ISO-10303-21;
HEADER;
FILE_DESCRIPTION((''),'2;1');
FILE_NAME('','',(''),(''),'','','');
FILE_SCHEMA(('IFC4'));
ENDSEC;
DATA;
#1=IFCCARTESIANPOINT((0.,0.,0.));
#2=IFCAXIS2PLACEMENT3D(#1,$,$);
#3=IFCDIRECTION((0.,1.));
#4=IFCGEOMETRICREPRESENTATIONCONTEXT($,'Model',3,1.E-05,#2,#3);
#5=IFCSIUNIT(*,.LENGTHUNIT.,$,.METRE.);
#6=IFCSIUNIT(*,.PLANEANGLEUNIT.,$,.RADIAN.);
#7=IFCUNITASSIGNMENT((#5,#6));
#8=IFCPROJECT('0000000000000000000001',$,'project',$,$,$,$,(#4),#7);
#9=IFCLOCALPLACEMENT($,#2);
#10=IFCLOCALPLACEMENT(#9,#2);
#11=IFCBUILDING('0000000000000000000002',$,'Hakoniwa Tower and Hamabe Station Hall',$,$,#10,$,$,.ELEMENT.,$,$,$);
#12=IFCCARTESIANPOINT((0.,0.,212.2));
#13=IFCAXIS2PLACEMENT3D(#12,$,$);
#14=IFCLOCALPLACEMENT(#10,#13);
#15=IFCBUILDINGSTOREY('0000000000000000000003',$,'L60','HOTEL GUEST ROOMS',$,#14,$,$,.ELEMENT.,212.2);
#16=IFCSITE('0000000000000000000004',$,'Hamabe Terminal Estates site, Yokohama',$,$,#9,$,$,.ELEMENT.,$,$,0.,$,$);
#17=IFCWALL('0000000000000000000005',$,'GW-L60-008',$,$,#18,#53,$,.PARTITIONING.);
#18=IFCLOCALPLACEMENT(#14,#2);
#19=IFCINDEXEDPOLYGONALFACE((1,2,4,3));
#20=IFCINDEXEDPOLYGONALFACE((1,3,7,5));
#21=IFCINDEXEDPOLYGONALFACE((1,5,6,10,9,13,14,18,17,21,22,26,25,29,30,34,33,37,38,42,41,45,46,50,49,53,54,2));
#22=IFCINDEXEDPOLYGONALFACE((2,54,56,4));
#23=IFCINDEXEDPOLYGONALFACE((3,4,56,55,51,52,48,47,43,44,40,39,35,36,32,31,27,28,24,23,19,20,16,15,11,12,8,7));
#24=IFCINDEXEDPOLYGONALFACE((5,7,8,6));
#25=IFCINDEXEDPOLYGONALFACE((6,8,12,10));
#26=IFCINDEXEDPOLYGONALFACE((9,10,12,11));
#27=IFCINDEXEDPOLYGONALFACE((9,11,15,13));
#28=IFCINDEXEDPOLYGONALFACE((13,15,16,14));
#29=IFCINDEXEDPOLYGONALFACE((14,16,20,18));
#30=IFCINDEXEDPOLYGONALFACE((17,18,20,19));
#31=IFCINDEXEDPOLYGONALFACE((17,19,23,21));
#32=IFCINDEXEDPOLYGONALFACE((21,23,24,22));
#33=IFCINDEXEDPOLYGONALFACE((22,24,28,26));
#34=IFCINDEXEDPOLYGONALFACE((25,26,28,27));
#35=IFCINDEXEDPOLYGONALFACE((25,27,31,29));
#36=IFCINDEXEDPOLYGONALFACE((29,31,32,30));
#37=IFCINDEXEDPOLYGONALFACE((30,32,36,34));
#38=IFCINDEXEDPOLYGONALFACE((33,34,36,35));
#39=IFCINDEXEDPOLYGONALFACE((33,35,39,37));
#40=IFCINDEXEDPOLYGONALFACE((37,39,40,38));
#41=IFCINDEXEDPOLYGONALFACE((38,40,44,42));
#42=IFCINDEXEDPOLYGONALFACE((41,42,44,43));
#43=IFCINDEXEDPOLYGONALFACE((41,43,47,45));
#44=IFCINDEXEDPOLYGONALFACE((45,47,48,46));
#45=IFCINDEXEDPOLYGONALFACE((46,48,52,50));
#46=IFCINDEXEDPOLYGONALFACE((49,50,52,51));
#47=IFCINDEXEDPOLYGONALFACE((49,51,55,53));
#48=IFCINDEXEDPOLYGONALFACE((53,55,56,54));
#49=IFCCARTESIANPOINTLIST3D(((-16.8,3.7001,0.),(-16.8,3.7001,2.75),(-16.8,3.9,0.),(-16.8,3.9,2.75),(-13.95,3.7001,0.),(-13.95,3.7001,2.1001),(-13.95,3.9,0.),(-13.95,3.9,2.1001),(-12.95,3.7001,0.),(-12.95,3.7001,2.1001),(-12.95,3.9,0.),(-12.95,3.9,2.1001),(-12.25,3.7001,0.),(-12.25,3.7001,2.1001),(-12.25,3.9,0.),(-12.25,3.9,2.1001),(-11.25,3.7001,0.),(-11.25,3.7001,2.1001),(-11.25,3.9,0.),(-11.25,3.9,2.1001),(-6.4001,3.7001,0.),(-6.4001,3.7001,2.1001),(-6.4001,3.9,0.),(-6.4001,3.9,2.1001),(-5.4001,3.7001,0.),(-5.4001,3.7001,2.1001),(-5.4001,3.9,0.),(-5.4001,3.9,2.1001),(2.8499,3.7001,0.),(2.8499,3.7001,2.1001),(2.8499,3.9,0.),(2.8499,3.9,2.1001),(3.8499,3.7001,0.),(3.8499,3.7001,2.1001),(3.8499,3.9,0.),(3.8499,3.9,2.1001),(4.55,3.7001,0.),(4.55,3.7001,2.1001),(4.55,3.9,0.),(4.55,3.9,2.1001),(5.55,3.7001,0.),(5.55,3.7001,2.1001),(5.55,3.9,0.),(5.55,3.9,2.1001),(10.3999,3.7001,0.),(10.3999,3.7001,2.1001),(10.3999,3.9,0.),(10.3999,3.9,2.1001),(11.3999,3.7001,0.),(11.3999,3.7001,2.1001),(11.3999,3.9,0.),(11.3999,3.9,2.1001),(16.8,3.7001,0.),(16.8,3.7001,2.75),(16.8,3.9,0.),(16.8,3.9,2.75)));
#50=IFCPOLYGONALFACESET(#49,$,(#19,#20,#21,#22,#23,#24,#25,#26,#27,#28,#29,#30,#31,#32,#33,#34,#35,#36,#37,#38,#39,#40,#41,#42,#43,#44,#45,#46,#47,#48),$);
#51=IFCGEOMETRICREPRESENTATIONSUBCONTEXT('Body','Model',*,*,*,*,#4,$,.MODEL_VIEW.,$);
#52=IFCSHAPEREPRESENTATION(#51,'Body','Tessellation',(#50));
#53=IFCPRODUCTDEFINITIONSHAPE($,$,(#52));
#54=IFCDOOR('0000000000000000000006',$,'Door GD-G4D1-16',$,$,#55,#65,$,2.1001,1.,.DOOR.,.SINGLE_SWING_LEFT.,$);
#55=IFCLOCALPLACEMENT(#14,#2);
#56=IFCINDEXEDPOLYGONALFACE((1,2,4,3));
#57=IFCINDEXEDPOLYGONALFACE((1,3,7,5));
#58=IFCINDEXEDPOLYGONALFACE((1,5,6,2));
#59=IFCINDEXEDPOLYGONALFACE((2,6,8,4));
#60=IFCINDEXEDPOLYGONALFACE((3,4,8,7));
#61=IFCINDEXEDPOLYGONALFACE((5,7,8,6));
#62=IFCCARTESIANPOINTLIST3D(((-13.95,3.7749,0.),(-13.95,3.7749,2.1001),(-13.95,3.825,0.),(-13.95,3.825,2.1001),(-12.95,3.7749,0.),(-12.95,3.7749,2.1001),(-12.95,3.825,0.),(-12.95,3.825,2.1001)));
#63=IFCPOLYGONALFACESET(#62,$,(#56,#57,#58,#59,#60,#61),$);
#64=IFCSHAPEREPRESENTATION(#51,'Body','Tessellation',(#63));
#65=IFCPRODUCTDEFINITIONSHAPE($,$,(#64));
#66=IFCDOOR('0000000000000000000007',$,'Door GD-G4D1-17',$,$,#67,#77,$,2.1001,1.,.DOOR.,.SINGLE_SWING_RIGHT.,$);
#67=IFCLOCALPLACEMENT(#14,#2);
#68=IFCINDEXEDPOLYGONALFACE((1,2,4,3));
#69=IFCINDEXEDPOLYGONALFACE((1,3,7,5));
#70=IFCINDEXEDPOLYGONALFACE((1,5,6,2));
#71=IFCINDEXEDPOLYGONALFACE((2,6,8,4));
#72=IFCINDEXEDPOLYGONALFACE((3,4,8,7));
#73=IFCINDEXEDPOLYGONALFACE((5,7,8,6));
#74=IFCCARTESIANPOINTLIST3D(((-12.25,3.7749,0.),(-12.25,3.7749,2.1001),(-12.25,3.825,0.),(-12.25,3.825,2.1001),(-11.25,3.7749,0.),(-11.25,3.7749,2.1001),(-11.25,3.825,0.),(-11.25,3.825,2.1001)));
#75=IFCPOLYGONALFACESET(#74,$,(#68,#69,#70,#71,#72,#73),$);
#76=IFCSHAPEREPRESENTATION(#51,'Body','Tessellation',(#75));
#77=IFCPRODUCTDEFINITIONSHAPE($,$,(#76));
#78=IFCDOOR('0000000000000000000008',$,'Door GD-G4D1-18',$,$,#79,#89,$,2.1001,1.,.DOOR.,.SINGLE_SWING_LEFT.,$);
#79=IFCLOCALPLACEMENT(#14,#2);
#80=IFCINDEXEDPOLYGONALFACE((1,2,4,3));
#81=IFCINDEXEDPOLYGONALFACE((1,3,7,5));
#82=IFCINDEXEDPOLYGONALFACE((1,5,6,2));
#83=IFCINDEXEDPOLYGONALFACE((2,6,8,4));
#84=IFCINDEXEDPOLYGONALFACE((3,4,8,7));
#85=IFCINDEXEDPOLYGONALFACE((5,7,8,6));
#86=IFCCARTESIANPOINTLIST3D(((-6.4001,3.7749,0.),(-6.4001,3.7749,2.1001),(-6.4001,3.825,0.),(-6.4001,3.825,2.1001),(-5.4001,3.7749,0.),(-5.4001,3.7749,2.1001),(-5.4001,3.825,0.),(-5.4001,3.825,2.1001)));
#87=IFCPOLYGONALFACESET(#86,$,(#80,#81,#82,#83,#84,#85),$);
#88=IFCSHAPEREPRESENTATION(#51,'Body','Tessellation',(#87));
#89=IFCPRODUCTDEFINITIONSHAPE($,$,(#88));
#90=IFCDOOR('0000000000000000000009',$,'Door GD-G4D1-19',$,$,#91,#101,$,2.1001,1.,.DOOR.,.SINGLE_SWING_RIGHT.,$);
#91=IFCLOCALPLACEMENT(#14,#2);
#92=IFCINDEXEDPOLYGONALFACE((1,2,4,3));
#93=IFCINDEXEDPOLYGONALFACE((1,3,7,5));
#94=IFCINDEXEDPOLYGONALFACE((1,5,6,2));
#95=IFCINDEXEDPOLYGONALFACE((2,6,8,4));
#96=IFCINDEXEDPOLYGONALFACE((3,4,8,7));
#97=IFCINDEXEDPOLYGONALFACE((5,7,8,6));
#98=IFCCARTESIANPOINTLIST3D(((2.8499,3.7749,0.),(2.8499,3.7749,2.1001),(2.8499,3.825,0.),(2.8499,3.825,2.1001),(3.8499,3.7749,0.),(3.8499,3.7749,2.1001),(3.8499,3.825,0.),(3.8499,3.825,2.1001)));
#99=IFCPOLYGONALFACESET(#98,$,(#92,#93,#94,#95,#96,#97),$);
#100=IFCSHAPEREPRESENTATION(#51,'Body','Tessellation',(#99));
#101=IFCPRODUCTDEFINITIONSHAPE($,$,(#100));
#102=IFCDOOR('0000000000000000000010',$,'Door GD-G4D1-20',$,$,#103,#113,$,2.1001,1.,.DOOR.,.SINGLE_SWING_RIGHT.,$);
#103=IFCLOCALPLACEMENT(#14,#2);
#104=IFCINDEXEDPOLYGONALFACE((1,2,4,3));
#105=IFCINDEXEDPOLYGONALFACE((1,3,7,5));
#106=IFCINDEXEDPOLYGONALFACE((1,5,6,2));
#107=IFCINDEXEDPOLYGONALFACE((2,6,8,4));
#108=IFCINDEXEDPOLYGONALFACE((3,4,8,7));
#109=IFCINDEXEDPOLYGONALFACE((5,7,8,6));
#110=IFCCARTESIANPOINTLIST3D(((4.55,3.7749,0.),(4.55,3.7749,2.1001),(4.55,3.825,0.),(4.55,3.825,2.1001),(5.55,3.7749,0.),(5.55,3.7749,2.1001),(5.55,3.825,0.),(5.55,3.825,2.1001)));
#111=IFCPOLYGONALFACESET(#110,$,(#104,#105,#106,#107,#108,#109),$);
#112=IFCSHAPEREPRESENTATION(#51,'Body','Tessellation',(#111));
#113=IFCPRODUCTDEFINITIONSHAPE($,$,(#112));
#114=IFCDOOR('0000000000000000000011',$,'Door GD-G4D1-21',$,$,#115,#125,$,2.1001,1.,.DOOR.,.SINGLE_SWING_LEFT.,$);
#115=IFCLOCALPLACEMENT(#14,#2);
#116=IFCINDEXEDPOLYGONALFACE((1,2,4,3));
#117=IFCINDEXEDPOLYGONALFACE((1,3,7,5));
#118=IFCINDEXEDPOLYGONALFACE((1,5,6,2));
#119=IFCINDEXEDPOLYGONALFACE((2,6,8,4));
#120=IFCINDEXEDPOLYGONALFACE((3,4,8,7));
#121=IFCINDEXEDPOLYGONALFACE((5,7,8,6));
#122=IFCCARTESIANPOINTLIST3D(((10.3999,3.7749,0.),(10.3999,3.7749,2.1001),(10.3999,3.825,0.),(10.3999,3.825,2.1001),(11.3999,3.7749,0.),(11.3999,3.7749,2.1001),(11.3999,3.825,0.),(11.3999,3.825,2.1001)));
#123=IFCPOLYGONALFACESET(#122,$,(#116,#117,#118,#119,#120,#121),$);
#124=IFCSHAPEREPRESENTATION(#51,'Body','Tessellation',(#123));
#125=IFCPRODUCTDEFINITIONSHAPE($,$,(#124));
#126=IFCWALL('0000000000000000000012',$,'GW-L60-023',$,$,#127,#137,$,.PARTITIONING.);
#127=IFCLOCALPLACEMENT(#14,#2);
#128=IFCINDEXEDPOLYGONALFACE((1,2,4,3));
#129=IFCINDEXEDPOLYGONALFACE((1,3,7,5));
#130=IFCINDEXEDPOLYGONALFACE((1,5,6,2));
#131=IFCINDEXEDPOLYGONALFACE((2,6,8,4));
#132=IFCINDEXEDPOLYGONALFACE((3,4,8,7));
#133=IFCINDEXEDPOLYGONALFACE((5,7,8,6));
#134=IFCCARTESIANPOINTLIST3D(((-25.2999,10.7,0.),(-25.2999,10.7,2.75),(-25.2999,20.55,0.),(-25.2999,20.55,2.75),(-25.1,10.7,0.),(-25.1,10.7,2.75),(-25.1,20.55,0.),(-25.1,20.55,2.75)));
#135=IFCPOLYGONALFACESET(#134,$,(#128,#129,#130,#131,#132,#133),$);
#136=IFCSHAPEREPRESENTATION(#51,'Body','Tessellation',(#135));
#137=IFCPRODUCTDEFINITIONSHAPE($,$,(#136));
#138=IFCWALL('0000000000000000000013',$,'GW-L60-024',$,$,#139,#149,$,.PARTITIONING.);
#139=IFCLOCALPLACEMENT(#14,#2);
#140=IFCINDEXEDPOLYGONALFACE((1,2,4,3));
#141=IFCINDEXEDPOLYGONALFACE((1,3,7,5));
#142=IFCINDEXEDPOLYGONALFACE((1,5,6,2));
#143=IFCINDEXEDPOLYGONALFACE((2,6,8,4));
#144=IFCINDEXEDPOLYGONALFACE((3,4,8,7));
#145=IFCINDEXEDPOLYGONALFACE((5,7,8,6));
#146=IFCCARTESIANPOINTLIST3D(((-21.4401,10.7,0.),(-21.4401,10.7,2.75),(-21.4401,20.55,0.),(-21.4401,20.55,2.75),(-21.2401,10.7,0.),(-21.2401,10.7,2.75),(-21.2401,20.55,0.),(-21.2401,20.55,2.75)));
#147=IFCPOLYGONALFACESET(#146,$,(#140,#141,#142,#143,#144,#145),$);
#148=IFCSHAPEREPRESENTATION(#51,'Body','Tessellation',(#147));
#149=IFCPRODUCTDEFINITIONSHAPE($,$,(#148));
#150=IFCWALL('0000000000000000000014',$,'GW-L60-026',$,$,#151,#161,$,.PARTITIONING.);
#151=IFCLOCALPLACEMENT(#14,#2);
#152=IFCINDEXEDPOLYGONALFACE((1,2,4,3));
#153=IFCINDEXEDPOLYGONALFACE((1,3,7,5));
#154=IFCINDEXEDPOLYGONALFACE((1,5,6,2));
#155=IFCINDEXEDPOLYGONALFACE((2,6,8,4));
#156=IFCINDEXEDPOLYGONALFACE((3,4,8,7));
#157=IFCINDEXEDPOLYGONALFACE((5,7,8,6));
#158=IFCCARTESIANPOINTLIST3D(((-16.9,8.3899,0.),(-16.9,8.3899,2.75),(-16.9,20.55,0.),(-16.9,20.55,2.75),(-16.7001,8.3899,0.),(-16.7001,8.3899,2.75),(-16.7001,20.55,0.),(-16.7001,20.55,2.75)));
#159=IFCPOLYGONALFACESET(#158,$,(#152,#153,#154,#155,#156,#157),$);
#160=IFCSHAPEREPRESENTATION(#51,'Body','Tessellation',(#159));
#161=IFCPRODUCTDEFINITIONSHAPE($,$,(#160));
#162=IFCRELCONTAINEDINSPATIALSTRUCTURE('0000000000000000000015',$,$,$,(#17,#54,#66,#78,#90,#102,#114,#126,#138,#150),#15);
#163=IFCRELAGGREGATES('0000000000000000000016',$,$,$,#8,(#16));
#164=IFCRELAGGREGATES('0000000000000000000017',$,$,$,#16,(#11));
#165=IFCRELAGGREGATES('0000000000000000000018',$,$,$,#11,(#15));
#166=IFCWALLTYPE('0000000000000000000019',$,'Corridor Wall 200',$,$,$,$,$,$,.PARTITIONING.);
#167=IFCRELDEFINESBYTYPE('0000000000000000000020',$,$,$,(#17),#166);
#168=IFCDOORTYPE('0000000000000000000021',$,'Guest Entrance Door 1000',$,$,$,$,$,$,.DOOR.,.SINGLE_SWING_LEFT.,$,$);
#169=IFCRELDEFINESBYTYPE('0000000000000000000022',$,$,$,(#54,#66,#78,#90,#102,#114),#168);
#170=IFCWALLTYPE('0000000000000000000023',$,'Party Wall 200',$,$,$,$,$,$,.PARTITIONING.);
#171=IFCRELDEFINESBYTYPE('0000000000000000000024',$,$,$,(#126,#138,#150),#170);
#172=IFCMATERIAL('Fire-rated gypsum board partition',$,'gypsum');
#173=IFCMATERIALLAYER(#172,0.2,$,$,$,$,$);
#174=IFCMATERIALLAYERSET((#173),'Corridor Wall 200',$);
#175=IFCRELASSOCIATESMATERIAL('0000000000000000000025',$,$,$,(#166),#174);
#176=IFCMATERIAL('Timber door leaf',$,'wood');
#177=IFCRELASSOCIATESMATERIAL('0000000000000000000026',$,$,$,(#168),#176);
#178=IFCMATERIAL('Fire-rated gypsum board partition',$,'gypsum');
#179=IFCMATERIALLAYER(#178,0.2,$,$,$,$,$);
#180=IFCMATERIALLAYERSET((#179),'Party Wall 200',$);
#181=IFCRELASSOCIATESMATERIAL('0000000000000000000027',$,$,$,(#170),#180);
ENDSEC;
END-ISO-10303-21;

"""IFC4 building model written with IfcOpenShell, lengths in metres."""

from ifc_helpers import new_model, si_unit, direction, frame, frame_2d, origin, place, context, subcontext, project, spatial, rectangle, extrude, material, layer, layer_set, type_object, element, fill, save


model = new_model("IFC4")

# Units and contexts
model_context = context("Model", 3, precision=1e-05, world=origin(), true_north=direction((0.0, 1.0)))
body_context = subcontext(model_context, "Body", "Model", "MODEL_VIEW")
ifc_project = project(units=[si_unit("LENGTHUNIT", "METRE"), si_unit("PLANEANGLEUNIT", "RADIAN")], contexts=[model_context])

# Site, building, storey
site_placement = place(None, origin())
site = spatial("IfcSite", under=ifc_project, at=site_placement, Name="Hamabe Terminal Estates site, Yokohama", CompositionType="ELEMENT", RefElevation=0.0)
building_placement = place(site_placement, origin())
building = spatial("IfcBuilding", under=site, at=building_placement, Name="Hakoniwa Tower and Hamabe Station Hall", CompositionType="ELEMENT")
storey_placement = place(building_placement, frame((0.0, 0.0, 212.2)))
storey = spatial("IfcBuildingStorey", under=building, at=storey_placement, Name="L60", Description="HOTEL GUEST ROOMS", CompositionType="ELEMENT", Elevation=212.2)

# Wall, openings, doors
ifc_material_1 = material(Name="Fire-rated gypsum board partition", Category="gypsum")
ifc_layer_1 = layer(ifc_material_1, 0.2)
ifc_layer_set_1 = layer_set([ifc_layer_1], Name="Corridor Wall 200")
wall_type_1 = type_object("IfcWallType", Name="Corridor Wall 200", PredefinedType="PARTITIONING", material=ifc_layer_set_1)
ifc_material_2 = material(Name="Timber door leaf", Category="wood")
door_type_1 = type_object("IfcDoorType", Name="Guest Entrance Door 1000", OperationType="SINGLE_SWING_LEFT", PredefinedType="DOOR", material=ifc_material_2)
wall_1_placement = place(storey_placement, frame((-16.8, 3.8, 0.0), z_axis=(0.0, 0.0, 1.0), x_axis=(1.0, 0.0, 0.0)))
wall_1 = element("IfcWall", 1, at=wall_1_placement, inside=storey, type_object=wall_type_1, Name="GW-L60-008", PredefinedType="PARTITIONING", context=body_context, shape_type="SweptSolid", body=[
    extrude(rectangle(XDim=33.6001, YDim=0.2, at=frame_2d((16.8, 0.0))), origin(), (0.0, 0.0, 1.0), 2.75),
])
opening_1_placement = place(wall_1_placement, frame((2.8501, 0.0, 0.0)))
opening_1 = element("IfcOpeningElement", 2, at=opening_1_placement, cuts=wall_1, PredefinedType="OPENING", context=body_context, shape_type="SweptSolid", body=[
    extrude(rectangle(XDim=1.0, YDim=2.1001, at=frame_2d((0.5, 1.05))), frame((0.0, 0.1099, 0.0), z_axis=(0.0, -1.0, 0.0), x_axis=(1.0, 0.0, 0.0)), (0.0, 0.0, 1.0), 0.22),
])
opening_2_placement = place(wall_1_placement, frame((4.55, 0.0, 0.0)))
opening_2 = element("IfcOpeningElement", 3, at=opening_2_placement, cuts=wall_1, PredefinedType="OPENING", context=body_context, shape_type="SweptSolid", body=[
    extrude(rectangle(XDim=1.0, YDim=2.1001, at=frame_2d((0.5, 1.05))), frame((0.0, 0.1099, 0.0), z_axis=(0.0, -1.0, 0.0), x_axis=(1.0, 0.0, 0.0)), (0.0, 0.0, 1.0), 0.22),
])
opening_3_placement = place(wall_1_placement, frame((10.3999, 0.0, 0.0)))
opening_3 = element("IfcOpeningElement", 4, at=opening_3_placement, cuts=wall_1, PredefinedType="OPENING", context=body_context, shape_type="SweptSolid", body=[
    extrude(rectangle(XDim=1.0, YDim=2.1001, at=frame_2d((0.5, 1.05))), frame((0.0, 0.1099, 0.0), z_axis=(0.0, -1.0, 0.0), x_axis=(1.0, 0.0, 0.0)), (0.0, 0.0, 1.0), 0.22),
])
opening_4_placement = place(wall_1_placement, frame((19.6499, 0.0, 0.0)))
opening_4 = element("IfcOpeningElement", 5, at=opening_4_placement, cuts=wall_1, PredefinedType="OPENING", context=body_context, shape_type="SweptSolid", body=[
    extrude(rectangle(XDim=1.0, YDim=2.1001, at=frame_2d((0.5, 1.05))), frame((0.0, 0.1099, 0.0), z_axis=(0.0, -1.0, 0.0), x_axis=(1.0, 0.0, 0.0)), (0.0, 0.0, 1.0), 0.22),
])
opening_5_placement = place(wall_1_placement, frame((21.3501, 0.0, 0.0)))
opening_5 = element("IfcOpeningElement", 6, at=opening_5_placement, cuts=wall_1, PredefinedType="OPENING", context=body_context, shape_type="SweptSolid", body=[
    extrude(rectangle(XDim=1.0, YDim=2.1001, at=frame_2d((0.5, 1.05))), frame((0.0, 0.1099, 0.0), z_axis=(0.0, -1.0, 0.0), x_axis=(1.0, 0.0, 0.0)), (0.0, 0.0, 1.0), 0.22),
])
opening_6_placement = place(wall_1_placement, frame((27.2, 0.0, 0.0)))
opening_6 = element("IfcOpeningElement", 7, at=opening_6_placement, cuts=wall_1, PredefinedType="OPENING", context=body_context, shape_type="SweptSolid", body=[
    extrude(rectangle(XDim=1.0, YDim=2.1001, at=frame_2d((0.5, 1.05))), frame((0.0, 0.1099, 0.0), z_axis=(0.0, -1.0, 0.0), x_axis=(1.0, 0.0, 0.0)), (0.0, 0.0, 1.0), 0.22),
])
door_1_placement = place(opening_1_placement, origin())
door_1 = element("IfcDoor", 8, at=door_1_placement, inside=storey, type_object=door_type_1, Name="Door GD-G4D1-16", OperationType="SINGLE_SWING_LEFT", OverallHeight=2.1001, OverallWidth=1.0, PredefinedType="DOOR", context=body_context, shape_type="SweptSolid", body=[
    extrude(rectangle(XDim=1.0, YDim=2.1001, at=frame_2d((0.5, 1.05))), frame((0.0, 0.0249, 0.0), z_axis=(0.0, -1.0, 0.0), x_axis=(1.0, 0.0, 0.0)), (0.0, 0.0, 1.0), 0.05),
])
fill(opening_1, door_1)
door_2_placement = place(opening_2_placement, origin())
door_2 = element("IfcDoor", 9, at=door_2_placement, inside=storey, type_object=door_type_1, Name="Door GD-G4D1-17", OperationType="SINGLE_SWING_RIGHT", OverallHeight=2.1001, OverallWidth=1.0, PredefinedType="DOOR", context=body_context, shape_type="SweptSolid", body=[
    extrude(rectangle(XDim=1.0, YDim=2.1001, at=frame_2d((0.5, 1.05))), frame((0.0, 0.0249, 0.0), z_axis=(0.0, -1.0, 0.0), x_axis=(1.0, 0.0, 0.0)), (0.0, 0.0, 1.0), 0.05),
])
fill(opening_2, door_2)
door_3_placement = place(opening_3_placement, origin())
door_3 = element("IfcDoor", 10, at=door_3_placement, inside=storey, type_object=door_type_1, Name="Door GD-G4D1-18", OperationType="SINGLE_SWING_LEFT", OverallHeight=2.1001, OverallWidth=1.0, PredefinedType="DOOR", context=body_context, shape_type="SweptSolid", body=[
    extrude(rectangle(XDim=1.0, YDim=2.1001, at=frame_2d((0.5, 1.05))), frame((0.0, 0.0249, 0.0), z_axis=(0.0, -1.0, 0.0), x_axis=(1.0, 0.0, 0.0)), (0.0, 0.0, 1.0), 0.05),
])
fill(opening_3, door_3)
door_4_placement = place(opening_4_placement, origin())
door_4 = element("IfcDoor", 11, at=door_4_placement, inside=storey, type_object=door_type_1, Name="Door GD-G4D1-19", OperationType="SINGLE_SWING_RIGHT", OverallHeight=2.1001, OverallWidth=1.0, PredefinedType="DOOR", context=body_context, shape_type="SweptSolid", body=[
    extrude(rectangle(XDim=1.0, YDim=2.1001, at=frame_2d((0.5, 1.05))), frame((0.0, 0.0249, 0.0), z_axis=(0.0, -1.0, 0.0), x_axis=(1.0, 0.0, 0.0)), (0.0, 0.0, 1.0), 0.05),
])
fill(opening_4, door_4)
door_5_placement = place(opening_5_placement, origin())
door_5 = element("IfcDoor", 12, at=door_5_placement, inside=storey, type_object=door_type_1, Name="Door GD-G4D1-20", OperationType="SINGLE_SWING_RIGHT", OverallHeight=2.1001, OverallWidth=1.0, PredefinedType="DOOR", context=body_context, shape_type="SweptSolid", body=[
    extrude(rectangle(XDim=1.0, YDim=2.1001, at=frame_2d((0.5, 1.05))), frame((0.0, 0.0249, 0.0), z_axis=(0.0, -1.0, 0.0), x_axis=(1.0, 0.0, 0.0)), (0.0, 0.0, 1.0), 0.05),
])
fill(opening_5, door_5)
door_6_placement = place(opening_6_placement, origin())
door_6 = element("IfcDoor", 13, at=door_6_placement, inside=storey, type_object=door_type_1, Name="Door GD-G4D1-21", OperationType="SINGLE_SWING_LEFT", OverallHeight=2.1001, OverallWidth=1.0, PredefinedType="DOOR", context=body_context, shape_type="SweptSolid", body=[
    extrude(rectangle(XDim=1.0, YDim=2.1001, at=frame_2d((0.5, 1.05))), frame((0.0, 0.0249, 0.0), z_axis=(0.0, -1.0, 0.0), x_axis=(1.0, 0.0, 0.0)), (0.0, 0.0, 1.0), 0.05),
])
fill(opening_6, door_6)

# Walls
ifc_material_3 = material(Name="Fire-rated gypsum board partition", Category="gypsum")
ifc_layer_2 = layer(ifc_material_3, 0.2)
ifc_layer_set_2 = layer_set([ifc_layer_2], Name="Party Wall 200")
wall_type_2 = type_object("IfcWallType", Name="Party Wall 200", PredefinedType="PARTITIONING", material=ifc_layer_set_2)
for number, where, z_axis, x_axis, name in (
    (14, (-25.2, 10.7, 0.0), (0.0, 0.0, 1.0), (0.0, 1.0, 0.0), "GW-L60-023"),
    (15, (-21.3401, 10.7, 0.0), (0.0, 0.0, 1.0), (0.0, 1.0, 0.0), "GW-L60-024"),
):
    element("IfcWall", number, at=place(storey_placement, frame(where, z_axis=z_axis, x_axis=x_axis)), inside=storey, type_object=wall_type_2, Name=name, PredefinedType="PARTITIONING", context=body_context, shape_type="SweptSolid", body=[
        extrude(rectangle(XDim=9.8501, YDim=0.2, at=frame_2d((4.925, 0.0))), origin(), (0.0, 0.0, 1.0), 2.75),
    ])
wall_2_placement = place(storey_placement, frame((-16.8, 8.3899, 0.0), z_axis=(0.0, 0.0, 1.0), x_axis=(0.0, 1.0, 0.0)))
element("IfcWall", 16, at=wall_2_placement, inside=storey, type_object=wall_type_2, Name="GW-L60-026", PredefinedType="PARTITIONING", context=body_context, shape_type="SweptSolid", body=[
    extrude(rectangle(XDim=12.1602, YDim=0.2, at=frame_2d((6.0801, 0.0))), origin(), (0.0, 0.0, 1.0), 2.75),
])

save(model, "model.ifc")
